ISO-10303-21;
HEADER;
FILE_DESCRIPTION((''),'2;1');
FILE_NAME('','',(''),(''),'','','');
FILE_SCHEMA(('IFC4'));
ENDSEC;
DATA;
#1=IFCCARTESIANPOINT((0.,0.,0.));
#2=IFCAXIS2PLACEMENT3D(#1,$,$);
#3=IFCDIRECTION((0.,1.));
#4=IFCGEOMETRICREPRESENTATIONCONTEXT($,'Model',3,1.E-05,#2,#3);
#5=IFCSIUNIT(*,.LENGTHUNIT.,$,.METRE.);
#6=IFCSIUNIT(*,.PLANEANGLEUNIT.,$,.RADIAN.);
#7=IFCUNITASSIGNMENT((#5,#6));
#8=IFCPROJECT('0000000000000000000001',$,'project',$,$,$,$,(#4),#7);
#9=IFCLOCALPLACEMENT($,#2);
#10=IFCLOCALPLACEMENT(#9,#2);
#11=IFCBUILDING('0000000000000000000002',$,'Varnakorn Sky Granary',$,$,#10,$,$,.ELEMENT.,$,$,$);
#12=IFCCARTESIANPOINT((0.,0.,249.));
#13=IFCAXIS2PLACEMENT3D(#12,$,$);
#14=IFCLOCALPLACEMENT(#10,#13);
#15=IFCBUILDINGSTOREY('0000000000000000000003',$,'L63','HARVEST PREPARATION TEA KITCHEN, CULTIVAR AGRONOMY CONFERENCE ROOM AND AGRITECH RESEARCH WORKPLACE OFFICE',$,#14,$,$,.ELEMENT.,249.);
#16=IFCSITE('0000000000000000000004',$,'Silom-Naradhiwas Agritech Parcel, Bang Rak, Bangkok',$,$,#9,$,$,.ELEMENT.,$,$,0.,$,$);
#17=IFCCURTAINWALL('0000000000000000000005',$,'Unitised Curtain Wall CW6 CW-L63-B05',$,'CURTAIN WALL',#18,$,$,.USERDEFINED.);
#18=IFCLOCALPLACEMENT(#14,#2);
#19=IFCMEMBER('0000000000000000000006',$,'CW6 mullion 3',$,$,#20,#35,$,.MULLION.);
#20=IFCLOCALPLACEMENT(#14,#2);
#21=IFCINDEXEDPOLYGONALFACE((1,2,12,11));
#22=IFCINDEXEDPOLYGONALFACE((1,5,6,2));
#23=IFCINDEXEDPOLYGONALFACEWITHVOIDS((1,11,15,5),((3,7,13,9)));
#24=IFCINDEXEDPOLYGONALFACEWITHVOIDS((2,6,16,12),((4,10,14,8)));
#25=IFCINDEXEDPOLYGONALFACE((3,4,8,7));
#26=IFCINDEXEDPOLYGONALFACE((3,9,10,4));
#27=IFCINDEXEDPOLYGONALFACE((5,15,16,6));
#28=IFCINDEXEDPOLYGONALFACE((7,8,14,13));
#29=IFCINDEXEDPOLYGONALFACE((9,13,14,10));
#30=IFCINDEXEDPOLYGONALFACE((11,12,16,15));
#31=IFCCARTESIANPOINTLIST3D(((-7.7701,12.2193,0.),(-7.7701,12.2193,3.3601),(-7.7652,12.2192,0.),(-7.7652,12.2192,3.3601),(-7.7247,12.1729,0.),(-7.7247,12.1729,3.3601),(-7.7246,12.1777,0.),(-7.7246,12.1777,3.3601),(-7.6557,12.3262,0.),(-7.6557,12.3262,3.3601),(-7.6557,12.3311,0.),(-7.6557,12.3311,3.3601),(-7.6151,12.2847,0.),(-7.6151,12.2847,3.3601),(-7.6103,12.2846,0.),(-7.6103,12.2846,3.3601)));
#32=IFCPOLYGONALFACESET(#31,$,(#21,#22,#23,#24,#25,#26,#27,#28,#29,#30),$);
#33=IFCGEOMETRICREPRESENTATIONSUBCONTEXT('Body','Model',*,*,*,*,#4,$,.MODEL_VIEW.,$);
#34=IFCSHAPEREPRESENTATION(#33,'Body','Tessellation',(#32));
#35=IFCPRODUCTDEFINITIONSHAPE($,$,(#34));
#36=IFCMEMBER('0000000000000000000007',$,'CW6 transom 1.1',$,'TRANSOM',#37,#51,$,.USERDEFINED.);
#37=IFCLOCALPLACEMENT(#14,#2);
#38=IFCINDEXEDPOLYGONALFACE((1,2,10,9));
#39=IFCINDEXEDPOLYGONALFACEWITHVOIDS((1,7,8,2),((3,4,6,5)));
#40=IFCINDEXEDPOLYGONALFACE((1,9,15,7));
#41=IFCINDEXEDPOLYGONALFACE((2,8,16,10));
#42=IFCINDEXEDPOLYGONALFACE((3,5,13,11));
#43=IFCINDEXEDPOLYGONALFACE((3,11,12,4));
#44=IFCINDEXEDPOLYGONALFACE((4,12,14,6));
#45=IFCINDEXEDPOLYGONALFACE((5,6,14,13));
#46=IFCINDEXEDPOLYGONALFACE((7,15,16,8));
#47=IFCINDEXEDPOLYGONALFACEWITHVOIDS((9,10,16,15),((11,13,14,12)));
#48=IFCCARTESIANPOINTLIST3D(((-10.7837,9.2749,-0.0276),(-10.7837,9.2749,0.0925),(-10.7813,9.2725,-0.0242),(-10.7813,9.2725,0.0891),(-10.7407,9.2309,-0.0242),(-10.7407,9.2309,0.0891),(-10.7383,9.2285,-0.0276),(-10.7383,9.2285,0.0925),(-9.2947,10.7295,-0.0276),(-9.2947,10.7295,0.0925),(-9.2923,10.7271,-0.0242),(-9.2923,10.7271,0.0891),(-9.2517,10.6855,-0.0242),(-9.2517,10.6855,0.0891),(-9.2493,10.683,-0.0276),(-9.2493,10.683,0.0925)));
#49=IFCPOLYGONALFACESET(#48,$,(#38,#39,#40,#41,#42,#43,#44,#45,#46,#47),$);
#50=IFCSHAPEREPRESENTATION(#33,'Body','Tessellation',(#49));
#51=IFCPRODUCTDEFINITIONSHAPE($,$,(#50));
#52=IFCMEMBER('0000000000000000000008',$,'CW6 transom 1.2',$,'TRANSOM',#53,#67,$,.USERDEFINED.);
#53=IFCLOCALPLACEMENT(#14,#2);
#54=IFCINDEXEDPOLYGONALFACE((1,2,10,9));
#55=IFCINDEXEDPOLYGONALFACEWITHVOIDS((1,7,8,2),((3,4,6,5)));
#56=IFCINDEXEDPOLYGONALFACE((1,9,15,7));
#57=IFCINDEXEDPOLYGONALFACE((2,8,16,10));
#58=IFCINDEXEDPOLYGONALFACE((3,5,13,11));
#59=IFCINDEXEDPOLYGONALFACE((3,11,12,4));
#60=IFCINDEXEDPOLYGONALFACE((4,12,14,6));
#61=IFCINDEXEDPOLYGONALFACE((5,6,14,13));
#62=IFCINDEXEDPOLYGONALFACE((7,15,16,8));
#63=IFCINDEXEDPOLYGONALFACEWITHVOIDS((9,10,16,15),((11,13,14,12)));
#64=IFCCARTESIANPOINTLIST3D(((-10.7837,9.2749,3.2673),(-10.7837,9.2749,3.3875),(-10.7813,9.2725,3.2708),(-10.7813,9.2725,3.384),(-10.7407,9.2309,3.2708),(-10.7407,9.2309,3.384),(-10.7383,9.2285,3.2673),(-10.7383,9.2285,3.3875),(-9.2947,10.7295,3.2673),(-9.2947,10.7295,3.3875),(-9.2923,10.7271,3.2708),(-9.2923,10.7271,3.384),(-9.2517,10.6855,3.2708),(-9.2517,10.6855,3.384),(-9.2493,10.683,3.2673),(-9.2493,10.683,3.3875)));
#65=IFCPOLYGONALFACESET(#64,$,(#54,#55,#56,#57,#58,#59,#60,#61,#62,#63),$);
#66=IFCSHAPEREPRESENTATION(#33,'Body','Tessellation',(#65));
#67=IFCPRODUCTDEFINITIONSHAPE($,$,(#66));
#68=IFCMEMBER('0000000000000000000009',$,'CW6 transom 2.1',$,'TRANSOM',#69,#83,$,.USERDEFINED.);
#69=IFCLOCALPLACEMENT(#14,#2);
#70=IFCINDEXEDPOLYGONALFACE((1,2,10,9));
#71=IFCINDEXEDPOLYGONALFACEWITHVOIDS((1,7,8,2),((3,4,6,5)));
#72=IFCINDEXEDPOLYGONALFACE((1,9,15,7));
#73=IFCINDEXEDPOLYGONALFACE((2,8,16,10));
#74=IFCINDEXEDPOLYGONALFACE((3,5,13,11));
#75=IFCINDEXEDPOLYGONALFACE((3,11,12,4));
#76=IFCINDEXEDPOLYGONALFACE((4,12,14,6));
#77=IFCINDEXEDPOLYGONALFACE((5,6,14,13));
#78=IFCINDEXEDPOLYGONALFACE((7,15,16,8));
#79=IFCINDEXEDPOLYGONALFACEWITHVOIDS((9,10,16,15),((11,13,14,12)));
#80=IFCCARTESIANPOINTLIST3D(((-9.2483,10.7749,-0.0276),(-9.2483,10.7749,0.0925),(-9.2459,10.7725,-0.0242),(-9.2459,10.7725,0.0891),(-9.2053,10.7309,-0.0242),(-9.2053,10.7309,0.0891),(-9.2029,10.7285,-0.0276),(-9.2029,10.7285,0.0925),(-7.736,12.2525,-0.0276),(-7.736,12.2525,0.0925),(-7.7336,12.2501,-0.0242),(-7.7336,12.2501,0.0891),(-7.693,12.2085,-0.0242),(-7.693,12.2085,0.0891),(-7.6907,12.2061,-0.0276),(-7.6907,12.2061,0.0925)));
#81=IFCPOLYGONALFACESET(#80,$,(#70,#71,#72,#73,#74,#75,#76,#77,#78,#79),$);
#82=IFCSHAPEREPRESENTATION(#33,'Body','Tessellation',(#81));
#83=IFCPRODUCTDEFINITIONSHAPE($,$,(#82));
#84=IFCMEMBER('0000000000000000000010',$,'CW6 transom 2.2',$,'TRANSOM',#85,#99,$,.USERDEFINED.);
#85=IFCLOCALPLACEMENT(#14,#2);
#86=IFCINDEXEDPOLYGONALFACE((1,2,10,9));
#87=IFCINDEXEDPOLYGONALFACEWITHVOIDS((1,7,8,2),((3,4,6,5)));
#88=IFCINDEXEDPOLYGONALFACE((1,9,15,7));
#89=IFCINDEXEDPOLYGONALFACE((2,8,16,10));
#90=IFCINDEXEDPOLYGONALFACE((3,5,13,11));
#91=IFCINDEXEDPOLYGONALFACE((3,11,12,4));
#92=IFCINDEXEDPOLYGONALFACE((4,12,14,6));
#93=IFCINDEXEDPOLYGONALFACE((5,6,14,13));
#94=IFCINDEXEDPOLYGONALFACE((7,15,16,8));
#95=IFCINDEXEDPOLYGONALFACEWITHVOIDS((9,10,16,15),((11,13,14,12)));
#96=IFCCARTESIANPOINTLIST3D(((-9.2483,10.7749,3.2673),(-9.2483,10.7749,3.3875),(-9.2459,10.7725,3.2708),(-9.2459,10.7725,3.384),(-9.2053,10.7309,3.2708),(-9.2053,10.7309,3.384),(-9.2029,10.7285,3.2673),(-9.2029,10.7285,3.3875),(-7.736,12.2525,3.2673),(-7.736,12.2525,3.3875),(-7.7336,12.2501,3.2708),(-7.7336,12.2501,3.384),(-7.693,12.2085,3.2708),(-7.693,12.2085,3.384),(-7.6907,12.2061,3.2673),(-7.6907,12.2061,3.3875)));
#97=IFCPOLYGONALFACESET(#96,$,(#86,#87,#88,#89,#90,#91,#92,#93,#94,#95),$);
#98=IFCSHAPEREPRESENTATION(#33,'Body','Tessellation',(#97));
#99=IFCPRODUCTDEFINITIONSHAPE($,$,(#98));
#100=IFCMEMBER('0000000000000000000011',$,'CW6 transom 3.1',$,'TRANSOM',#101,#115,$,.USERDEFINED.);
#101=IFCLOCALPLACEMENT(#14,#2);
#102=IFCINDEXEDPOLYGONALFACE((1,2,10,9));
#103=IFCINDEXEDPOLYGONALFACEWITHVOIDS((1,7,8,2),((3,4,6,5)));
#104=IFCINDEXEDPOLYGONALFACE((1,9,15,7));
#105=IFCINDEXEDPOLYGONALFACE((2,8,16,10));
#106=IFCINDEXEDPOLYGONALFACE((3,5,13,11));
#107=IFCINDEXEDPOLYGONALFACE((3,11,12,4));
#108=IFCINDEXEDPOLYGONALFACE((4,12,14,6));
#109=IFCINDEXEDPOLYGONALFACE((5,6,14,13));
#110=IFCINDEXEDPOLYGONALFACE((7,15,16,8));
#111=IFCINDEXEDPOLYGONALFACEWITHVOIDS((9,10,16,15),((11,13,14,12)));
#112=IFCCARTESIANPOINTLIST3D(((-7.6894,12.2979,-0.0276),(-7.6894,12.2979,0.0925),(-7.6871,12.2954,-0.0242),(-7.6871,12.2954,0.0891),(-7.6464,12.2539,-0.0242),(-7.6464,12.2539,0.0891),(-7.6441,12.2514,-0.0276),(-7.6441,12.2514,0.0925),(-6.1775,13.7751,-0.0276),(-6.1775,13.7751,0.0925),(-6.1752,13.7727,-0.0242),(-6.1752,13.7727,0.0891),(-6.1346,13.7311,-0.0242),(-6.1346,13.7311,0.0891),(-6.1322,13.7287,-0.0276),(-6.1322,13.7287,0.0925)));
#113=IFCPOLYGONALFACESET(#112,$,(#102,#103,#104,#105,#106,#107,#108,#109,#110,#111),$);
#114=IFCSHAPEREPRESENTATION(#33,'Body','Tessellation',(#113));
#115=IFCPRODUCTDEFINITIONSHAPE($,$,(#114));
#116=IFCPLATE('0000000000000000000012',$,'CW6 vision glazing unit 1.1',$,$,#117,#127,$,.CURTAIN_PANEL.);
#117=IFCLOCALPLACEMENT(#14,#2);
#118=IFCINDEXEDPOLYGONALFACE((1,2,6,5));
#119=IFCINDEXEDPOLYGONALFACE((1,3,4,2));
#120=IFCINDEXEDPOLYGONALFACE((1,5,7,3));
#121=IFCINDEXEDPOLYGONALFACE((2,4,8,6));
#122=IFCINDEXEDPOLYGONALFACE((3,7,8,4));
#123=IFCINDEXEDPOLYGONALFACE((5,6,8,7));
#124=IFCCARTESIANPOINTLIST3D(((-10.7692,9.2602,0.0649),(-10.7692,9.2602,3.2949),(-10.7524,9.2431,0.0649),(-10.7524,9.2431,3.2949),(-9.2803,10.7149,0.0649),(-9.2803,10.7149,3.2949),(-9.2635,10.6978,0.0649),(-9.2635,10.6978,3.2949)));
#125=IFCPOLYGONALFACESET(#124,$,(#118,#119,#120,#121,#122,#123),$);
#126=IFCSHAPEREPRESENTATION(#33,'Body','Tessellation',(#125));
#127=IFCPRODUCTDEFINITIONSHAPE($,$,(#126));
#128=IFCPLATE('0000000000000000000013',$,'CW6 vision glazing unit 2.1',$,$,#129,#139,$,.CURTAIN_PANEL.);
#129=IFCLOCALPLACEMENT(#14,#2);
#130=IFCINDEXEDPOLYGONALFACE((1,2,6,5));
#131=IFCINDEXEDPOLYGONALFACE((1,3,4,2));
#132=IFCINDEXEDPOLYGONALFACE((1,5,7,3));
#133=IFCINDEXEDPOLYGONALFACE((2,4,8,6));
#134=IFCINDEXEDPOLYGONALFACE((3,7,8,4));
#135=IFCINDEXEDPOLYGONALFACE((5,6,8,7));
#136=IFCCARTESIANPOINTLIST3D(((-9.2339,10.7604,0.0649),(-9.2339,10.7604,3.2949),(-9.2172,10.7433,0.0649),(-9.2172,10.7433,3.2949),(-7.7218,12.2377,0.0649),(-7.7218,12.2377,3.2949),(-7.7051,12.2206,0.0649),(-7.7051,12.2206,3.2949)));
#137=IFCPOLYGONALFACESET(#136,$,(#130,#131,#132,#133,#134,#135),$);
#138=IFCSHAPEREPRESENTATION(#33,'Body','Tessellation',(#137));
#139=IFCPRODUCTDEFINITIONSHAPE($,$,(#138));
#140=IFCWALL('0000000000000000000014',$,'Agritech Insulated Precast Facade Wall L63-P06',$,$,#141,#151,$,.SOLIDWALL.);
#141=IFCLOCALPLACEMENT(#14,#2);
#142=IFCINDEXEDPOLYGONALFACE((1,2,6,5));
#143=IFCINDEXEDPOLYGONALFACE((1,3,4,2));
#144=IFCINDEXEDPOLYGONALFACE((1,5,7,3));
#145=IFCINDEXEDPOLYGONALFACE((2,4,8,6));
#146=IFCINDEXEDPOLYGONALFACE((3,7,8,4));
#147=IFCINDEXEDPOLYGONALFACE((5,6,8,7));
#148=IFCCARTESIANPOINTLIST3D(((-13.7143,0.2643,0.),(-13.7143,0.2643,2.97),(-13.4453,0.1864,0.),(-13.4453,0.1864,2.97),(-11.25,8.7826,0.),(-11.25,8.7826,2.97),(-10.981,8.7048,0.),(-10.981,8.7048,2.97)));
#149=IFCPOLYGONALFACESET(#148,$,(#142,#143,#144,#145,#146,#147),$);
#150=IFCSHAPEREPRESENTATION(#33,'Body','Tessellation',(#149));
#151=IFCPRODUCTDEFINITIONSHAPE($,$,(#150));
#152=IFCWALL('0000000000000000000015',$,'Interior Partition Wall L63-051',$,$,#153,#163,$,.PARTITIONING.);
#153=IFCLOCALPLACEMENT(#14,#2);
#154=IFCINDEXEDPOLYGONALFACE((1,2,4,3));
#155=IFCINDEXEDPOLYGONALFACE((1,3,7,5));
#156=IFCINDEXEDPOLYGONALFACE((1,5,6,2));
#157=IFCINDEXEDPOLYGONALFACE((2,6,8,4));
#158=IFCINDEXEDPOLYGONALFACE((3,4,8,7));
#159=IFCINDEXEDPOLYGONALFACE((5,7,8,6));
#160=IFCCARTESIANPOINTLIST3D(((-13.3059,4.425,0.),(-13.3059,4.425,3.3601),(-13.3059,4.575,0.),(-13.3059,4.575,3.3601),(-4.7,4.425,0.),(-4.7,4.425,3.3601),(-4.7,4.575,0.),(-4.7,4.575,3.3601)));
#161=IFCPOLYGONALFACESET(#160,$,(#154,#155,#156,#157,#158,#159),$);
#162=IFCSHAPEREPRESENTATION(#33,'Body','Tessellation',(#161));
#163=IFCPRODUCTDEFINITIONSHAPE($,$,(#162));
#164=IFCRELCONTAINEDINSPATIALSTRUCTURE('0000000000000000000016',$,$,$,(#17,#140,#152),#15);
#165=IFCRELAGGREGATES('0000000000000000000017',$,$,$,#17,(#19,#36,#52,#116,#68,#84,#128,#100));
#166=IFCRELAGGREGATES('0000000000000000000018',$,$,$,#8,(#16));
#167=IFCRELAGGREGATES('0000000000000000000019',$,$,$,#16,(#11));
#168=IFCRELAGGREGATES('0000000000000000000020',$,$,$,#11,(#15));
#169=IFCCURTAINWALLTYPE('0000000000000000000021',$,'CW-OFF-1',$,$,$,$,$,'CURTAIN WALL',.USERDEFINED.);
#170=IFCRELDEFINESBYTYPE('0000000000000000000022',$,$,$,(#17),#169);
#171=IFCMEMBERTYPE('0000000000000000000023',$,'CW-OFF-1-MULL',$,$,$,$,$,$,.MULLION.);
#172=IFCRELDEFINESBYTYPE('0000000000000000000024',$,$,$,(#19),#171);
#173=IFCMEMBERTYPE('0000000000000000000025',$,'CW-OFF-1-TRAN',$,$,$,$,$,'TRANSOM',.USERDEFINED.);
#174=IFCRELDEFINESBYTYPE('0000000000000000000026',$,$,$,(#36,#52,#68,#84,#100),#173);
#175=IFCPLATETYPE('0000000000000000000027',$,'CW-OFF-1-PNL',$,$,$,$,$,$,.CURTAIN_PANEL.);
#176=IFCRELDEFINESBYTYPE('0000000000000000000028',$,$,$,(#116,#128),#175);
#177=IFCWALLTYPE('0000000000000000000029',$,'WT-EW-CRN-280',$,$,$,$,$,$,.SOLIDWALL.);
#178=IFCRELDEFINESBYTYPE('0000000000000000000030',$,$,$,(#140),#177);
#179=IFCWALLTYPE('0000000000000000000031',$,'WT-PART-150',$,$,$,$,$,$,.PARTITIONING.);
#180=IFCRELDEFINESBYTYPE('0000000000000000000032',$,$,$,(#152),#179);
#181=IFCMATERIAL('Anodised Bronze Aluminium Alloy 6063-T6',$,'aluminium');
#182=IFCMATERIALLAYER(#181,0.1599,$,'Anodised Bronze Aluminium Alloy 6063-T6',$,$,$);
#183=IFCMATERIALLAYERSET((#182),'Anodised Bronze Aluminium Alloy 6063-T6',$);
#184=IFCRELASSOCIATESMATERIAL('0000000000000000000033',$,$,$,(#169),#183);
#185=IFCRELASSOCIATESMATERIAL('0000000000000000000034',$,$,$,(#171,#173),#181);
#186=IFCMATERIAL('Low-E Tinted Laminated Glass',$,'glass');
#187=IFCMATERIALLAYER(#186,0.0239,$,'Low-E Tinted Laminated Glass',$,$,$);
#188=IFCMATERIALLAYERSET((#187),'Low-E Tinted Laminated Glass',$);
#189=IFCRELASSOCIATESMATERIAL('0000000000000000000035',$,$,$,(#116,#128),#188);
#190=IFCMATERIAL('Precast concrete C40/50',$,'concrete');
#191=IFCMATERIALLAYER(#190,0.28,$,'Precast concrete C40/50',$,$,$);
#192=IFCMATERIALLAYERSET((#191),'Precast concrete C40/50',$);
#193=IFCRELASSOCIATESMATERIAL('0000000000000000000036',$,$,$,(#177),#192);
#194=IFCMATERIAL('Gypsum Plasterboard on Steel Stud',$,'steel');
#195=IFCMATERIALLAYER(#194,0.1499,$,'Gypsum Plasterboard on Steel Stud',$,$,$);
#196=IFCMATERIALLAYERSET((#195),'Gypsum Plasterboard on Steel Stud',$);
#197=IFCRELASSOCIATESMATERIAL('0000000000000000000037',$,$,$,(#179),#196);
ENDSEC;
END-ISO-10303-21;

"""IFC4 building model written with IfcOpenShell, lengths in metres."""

from ifc_helpers import new_model, si_unit, direction, frame, frame_2d, origin, origin_2d, place, context, subcontext, project, spatial, rectangle, hollow_rectangle, extrude, source, transform, mapped, material, layer, layer_set, material_profile, profile_set, type_object, type_shapes, element, aggregate, save


model = new_model("IFC4")

# Units and contexts
model_context = context("Model", 3, precision=1e-05, world=origin(), true_north=direction((0.0, 1.0)))
body_context = subcontext(model_context, "Body", "Model", "MODEL_VIEW")
ifc_project = project(units=[si_unit("LENGTHUNIT", "METRE"), si_unit("PLANEANGLEUNIT", "RADIAN")], contexts=[model_context])

# Site, building, storey
site_placement = place(None, origin())
site = spatial("IfcSite", under=ifc_project, at=site_placement, Name="Silom-Naradhiwas Agritech Parcel, Bang Rak, Bangkok", CompositionType="ELEMENT", RefElevation=0.0)
building_placement = place(site_placement, origin())
building = spatial("IfcBuilding", under=site, at=building_placement, Name="Varnakorn Sky Granary", CompositionType="ELEMENT")
storey_placement = place(building_placement, frame((0.0, 0.0, 249.0)))
storey = spatial("IfcBuildingStorey", under=building, at=storey_placement, Name="L63", Description="HARVEST PREPARATION TEA KITCHEN, CULTIVAR AGRONOMY CONFERENCE ROOM AND AGRITECH RESEARCH WORKPLACE OFFICE", CompositionType="ELEMENT", Elevation=249.0)

# Curtain wall, members, plates
ifc_material_1 = material(Name="Anodised Bronze Aluminium Alloy 6063-T6", Category="aluminium")
ifc_layer_1 = layer(ifc_material_1, 0.1599, Name="Anodised Bronze Aluminium Alloy 6063-T6")
ifc_layer_set_1 = layer_set([ifc_layer_1], Name="Anodised Bronze Aluminium Alloy 6063-T6")
curtain_wall_type = type_object("IfcCurtainWallType", Name="CW-OFF-1", ElementType="CURTAIN WALL", PredefinedType="USERDEFINED", material=ifc_layer_set_1)
curtain_wall_placement = place(storey_placement, origin())
curtain_wall = element("IfcCurtainWall", 1, at=curtain_wall_placement, inside=storey, type_object=curtain_wall_type, Name="Unitised Curtain Wall CW6 CW-L63-B05", ObjectType="CURTAIN WALL", PredefinedType="USERDEFINED")
ifc_material_profile_1 = material_profile(ifc_material_1, hollow_rectangle(XDim=0.0649, YDim=0.1599, WallThickness=0.0034, at=origin_2d()), Name="ALU MULL 65x160")
ifc_profile_set_1 = profile_set([ifc_material_profile_1], Name="Anodised Bronze Aluminium Alloy 6063-T6")
member_type_1 = type_object("IfcMemberType", Name="CW-OFF-1-MULL", PredefinedType="MULLION", material=ifc_profile_set_1)
member_1_placement = place(storey_placement, frame((-7.6902, 12.252, 0.0), z_axis=(0.0, 0.0, 1.0), x_axis=(-0.698833, 0.715285, 0.0)))
member_1 = element("IfcMember", 2, at=member_1_placement, type_object=member_type_1, Name="CW6 mullion 3", PredefinedType="MULLION", context=body_context, shape_type="SweptSolid", body=[
    extrude(hollow_rectangle(XDim=0.0649, YDim=0.1599, WallThickness=0.0034, at=origin_2d()), origin(), (0.0, 0.0, 1.0), 3.3601),
])
ifc_material_profile_2 = material_profile(ifc_material_1, hollow_rectangle(XDim=0.0649, YDim=0.1201, WallThickness=0.0034, at=origin_2d()), Name="ALU TRAN 65x120")
ifc_profile_set_2 = profile_set([ifc_material_profile_2], Name="Anodised Bronze Aluminium Alloy 6063-T6")
member_type_2 = type_object("IfcMemberType", Name="CW-OFF-1-TRAN", ElementType="TRANSOM", PredefinedType="USERDEFINED", material=ifc_profile_set_2)
member_2_placement = place(storey_placement, frame((-10.761, 9.2517, 0.0325), z_axis=(0.715327, 0.69879, 0.0), x_axis=(-0.69879, 0.715327, 0.0)))
member_2 = element("IfcMember", 3, at=member_2_placement, type_object=member_type_2, Name="CW6 transom 1.1", ObjectType="TRANSOM", PredefinedType="USERDEFINED", context=body_context, shape_type="SweptSolid", body=[
    extrude(hollow_rectangle(XDim=0.0649, YDim=0.1201, WallThickness=0.0034, at=origin_2d()), origin(), (0.0, 0.0, 1.0), 2.0815),
])
member_3_placement = place(storey_placement, frame((-10.761, 9.2517, 3.3274), z_axis=(0.715327, 0.69879, 0.0), x_axis=(-0.69879, 0.715327, 0.0)))
member_3 = element("IfcMember", 4, at=member_3_placement, type_object=member_type_2, Name="CW6 transom 1.2", ObjectType="TRANSOM", PredefinedType="USERDEFINED", context=body_context, shape_type="SweptSolid", body=[
    extrude(hollow_rectangle(XDim=0.0649, YDim=0.1201, WallThickness=0.0034, at=origin_2d()), origin(), (0.0, 0.0, 1.0), 2.0815),
])
member_4_placement = place(storey_placement, frame((-9.2256, 10.7517, 0.0325), z_axis=(0.715258, 0.69886, 0.0), x_axis=(-0.69886, 0.715258, 0.0)))
member_4 = element("IfcMember", 5, at=member_4_placement, type_object=member_type_2, Name="CW6 transom 2.1", ObjectType="TRANSOM", PredefinedType="USERDEFINED", context=body_context, shape_type="SweptSolid", body=[
    extrude(hollow_rectangle(XDim=0.0649, YDim=0.1201, WallThickness=0.0034, at=origin_2d()), origin(), (0.0, 0.0, 1.0), 2.1143),
])
member_5_placement = place(storey_placement, frame((-9.2256, 10.7517, 3.3274), z_axis=(0.715258, 0.69886, 0.0), x_axis=(-0.69886, 0.715258, 0.0)))
member_5 = element("IfcMember", 6, at=member_5_placement, type_object=member_type_2, Name="CW6 transom 2.2", ObjectType="TRANSOM", PredefinedType="USERDEFINED", context=body_context, shape_type="SweptSolid", body=[
    extrude(hollow_rectangle(XDim=0.0649, YDim=0.1201, WallThickness=0.0034, at=origin_2d()), origin(), (0.0, 0.0, 1.0), 2.1143),
])
member_6_placement = place(storey_placement, frame((-7.6667, 12.2747, 0.0325), z_axis=(0.715259, 0.698859, 0.0), x_axis=(-0.698859, 0.715259, 0.0)))
member_6 = element("IfcMember", 7, at=member_6_placement, type_object=member_type_2, Name="CW6 transom 3.1", ObjectType="TRANSOM", PredefinedType="USERDEFINED", context=body_context, shape_type="SweptSolid", body=[
    extrude(hollow_rectangle(XDim=0.0649, YDim=0.1201, WallThickness=0.0034, at=origin_2d()), origin(), (0.0, 0.0, 1.0), 2.1138),
])
ifc_material_2 = material(Name="Low-E Tinted Laminated Glass", Category="glass")
ifc_layer_2 = layer(ifc_material_2, 0.0239, Name="Low-E Tinted Laminated Glass")
ifc_layer_set_2 = layer_set([ifc_layer_2], Name="Low-E Tinted Laminated Glass")
plate_type = type_object("IfcPlateType", Name="CW-OFF-1-PNL", PredefinedType="CURTAIN_PANEL")
shared_shape_1 = source(origin(), body_context, "Body", "SweptSolid", [
    extrude(rectangle(XDim=2.0815, YDim=0.0239, at=origin_2d()), origin(), (0.0, 0.0, 1.0), 3.23),
])
plate_1_placement = place(storey_placement, frame((-10.0164, 9.979, 0.0649), z_axis=(0.0, 0.0, 1.0), x_axis=(0.715285, 0.698833, 0.0)))
plate_1 = element("IfcPlate", 8, at=plate_1_placement, type_object=plate_type, material=ifc_layer_set_2, Name="CW6 vision glazing unit 1.1", PredefinedType="CURTAIN_PANEL", context=body_context, shape_type="MappedRepresentation", body=[
    mapped(shared_shape_1, transform((0.0, 0.0, 0.0), x_axis=(1.0, 0.0, 0.0), y_axis=(0.0, 1.0, 0.0), z_axis=(0.0, 0.0, 1.0), scale=1.0)),
])
shared_shape_2 = source(origin(), body_context, "Body", "SweptSolid", [
    extrude(rectangle(XDim=2.114, YDim=0.0239, at=origin_2d()), origin(), (0.0, 0.0, 1.0), 3.23),
])
type_shapes(plate_type, [shared_shape_1, shared_shape_2])
plate_2_placement = place(storey_placement, frame((-8.4695, 11.4905, 0.0649), z_axis=(0.0, 0.0, 1.0), x_axis=(0.715285, 0.698833, 0.0)))
plate_2 = element("IfcPlate", 9, at=plate_2_placement, type_object=plate_type, material=ifc_layer_set_2, Name="CW6 vision glazing unit 2.1", PredefinedType="CURTAIN_PANEL", context=body_context, shape_type="MappedRepresentation", body=[
    mapped(shared_shape_2, transform((0.0, 0.0, 0.0), x_axis=(1.0, 0.0, 0.0), y_axis=(0.0, 1.0, 0.0), z_axis=(0.0, 0.0, 1.0), scale=1.0)),
])
aggregate(curtain_wall, [member_1, member_2, member_3, plate_1, member_4, member_5, plate_2, member_6])

# Walls
ifc_material_3 = material(Name="Precast concrete C40/50", Category="concrete")
ifc_layer_3 = layer(ifc_material_3, 0.28, Name="Precast concrete C40/50")
ifc_layer_set_3 = layer_set([ifc_layer_3], Name="Precast concrete C40/50")
wall_type_1 = type_object("IfcWallType", Name="WT-EW-CRN-280", PredefinedType="SOLIDWALL", material=ifc_layer_set_3)
wall_1_placement = place(storey_placement, frame((-13.5798, 0.2253, 0.0), z_axis=(0.0, 0.0, 1.0), x_axis=(0.277905, 0.960609, 0.0)))
element("IfcWall", 10, at=wall_1_placement, inside=storey, type_object=wall_type_1, Name="Agritech Insulated Precast Facade Wall L63-P06", PredefinedType="SOLIDWALL", context=body_context, shape_type="SweptSolid", body=[
    extrude(rectangle(XDim=8.8677, YDim=0.28, at=frame_2d((4.4338, 0.0))), origin(), (0.0, 0.0, 1.0), 2.97),
])
ifc_material_4 = material(Name="Gypsum Plasterboard on Steel Stud", Category="steel")
ifc_layer_4 = layer(ifc_material_4, 0.1499, Name="Gypsum Plasterboard on Steel Stud")
ifc_layer_set_4 = layer_set([ifc_layer_4], Name="Gypsum Plasterboard on Steel Stud")
wall_type_2 = type_object("IfcWallType", Name="WT-PART-150", PredefinedType="PARTITIONING", material=ifc_layer_set_4)
wall_2_placement = place(storey_placement, frame((-13.3059, 4.5, 0.0), z_axis=(0.0, 0.0, 1.0), x_axis=(1.0, 0.0, 0.0)))
element("IfcWall", 11, at=wall_2_placement, inside=storey, type_object=wall_type_2, Name="Interior Partition Wall L63-051", PredefinedType="PARTITIONING", context=body_context, shape_type="SweptSolid", body=[
    extrude(rectangle(XDim=8.606, YDim=0.1499, at=frame_2d((4.303, 0.0))), origin(), (0.0, 0.0, 1.0), 3.3601),
])

save(model, "model.ifc")
